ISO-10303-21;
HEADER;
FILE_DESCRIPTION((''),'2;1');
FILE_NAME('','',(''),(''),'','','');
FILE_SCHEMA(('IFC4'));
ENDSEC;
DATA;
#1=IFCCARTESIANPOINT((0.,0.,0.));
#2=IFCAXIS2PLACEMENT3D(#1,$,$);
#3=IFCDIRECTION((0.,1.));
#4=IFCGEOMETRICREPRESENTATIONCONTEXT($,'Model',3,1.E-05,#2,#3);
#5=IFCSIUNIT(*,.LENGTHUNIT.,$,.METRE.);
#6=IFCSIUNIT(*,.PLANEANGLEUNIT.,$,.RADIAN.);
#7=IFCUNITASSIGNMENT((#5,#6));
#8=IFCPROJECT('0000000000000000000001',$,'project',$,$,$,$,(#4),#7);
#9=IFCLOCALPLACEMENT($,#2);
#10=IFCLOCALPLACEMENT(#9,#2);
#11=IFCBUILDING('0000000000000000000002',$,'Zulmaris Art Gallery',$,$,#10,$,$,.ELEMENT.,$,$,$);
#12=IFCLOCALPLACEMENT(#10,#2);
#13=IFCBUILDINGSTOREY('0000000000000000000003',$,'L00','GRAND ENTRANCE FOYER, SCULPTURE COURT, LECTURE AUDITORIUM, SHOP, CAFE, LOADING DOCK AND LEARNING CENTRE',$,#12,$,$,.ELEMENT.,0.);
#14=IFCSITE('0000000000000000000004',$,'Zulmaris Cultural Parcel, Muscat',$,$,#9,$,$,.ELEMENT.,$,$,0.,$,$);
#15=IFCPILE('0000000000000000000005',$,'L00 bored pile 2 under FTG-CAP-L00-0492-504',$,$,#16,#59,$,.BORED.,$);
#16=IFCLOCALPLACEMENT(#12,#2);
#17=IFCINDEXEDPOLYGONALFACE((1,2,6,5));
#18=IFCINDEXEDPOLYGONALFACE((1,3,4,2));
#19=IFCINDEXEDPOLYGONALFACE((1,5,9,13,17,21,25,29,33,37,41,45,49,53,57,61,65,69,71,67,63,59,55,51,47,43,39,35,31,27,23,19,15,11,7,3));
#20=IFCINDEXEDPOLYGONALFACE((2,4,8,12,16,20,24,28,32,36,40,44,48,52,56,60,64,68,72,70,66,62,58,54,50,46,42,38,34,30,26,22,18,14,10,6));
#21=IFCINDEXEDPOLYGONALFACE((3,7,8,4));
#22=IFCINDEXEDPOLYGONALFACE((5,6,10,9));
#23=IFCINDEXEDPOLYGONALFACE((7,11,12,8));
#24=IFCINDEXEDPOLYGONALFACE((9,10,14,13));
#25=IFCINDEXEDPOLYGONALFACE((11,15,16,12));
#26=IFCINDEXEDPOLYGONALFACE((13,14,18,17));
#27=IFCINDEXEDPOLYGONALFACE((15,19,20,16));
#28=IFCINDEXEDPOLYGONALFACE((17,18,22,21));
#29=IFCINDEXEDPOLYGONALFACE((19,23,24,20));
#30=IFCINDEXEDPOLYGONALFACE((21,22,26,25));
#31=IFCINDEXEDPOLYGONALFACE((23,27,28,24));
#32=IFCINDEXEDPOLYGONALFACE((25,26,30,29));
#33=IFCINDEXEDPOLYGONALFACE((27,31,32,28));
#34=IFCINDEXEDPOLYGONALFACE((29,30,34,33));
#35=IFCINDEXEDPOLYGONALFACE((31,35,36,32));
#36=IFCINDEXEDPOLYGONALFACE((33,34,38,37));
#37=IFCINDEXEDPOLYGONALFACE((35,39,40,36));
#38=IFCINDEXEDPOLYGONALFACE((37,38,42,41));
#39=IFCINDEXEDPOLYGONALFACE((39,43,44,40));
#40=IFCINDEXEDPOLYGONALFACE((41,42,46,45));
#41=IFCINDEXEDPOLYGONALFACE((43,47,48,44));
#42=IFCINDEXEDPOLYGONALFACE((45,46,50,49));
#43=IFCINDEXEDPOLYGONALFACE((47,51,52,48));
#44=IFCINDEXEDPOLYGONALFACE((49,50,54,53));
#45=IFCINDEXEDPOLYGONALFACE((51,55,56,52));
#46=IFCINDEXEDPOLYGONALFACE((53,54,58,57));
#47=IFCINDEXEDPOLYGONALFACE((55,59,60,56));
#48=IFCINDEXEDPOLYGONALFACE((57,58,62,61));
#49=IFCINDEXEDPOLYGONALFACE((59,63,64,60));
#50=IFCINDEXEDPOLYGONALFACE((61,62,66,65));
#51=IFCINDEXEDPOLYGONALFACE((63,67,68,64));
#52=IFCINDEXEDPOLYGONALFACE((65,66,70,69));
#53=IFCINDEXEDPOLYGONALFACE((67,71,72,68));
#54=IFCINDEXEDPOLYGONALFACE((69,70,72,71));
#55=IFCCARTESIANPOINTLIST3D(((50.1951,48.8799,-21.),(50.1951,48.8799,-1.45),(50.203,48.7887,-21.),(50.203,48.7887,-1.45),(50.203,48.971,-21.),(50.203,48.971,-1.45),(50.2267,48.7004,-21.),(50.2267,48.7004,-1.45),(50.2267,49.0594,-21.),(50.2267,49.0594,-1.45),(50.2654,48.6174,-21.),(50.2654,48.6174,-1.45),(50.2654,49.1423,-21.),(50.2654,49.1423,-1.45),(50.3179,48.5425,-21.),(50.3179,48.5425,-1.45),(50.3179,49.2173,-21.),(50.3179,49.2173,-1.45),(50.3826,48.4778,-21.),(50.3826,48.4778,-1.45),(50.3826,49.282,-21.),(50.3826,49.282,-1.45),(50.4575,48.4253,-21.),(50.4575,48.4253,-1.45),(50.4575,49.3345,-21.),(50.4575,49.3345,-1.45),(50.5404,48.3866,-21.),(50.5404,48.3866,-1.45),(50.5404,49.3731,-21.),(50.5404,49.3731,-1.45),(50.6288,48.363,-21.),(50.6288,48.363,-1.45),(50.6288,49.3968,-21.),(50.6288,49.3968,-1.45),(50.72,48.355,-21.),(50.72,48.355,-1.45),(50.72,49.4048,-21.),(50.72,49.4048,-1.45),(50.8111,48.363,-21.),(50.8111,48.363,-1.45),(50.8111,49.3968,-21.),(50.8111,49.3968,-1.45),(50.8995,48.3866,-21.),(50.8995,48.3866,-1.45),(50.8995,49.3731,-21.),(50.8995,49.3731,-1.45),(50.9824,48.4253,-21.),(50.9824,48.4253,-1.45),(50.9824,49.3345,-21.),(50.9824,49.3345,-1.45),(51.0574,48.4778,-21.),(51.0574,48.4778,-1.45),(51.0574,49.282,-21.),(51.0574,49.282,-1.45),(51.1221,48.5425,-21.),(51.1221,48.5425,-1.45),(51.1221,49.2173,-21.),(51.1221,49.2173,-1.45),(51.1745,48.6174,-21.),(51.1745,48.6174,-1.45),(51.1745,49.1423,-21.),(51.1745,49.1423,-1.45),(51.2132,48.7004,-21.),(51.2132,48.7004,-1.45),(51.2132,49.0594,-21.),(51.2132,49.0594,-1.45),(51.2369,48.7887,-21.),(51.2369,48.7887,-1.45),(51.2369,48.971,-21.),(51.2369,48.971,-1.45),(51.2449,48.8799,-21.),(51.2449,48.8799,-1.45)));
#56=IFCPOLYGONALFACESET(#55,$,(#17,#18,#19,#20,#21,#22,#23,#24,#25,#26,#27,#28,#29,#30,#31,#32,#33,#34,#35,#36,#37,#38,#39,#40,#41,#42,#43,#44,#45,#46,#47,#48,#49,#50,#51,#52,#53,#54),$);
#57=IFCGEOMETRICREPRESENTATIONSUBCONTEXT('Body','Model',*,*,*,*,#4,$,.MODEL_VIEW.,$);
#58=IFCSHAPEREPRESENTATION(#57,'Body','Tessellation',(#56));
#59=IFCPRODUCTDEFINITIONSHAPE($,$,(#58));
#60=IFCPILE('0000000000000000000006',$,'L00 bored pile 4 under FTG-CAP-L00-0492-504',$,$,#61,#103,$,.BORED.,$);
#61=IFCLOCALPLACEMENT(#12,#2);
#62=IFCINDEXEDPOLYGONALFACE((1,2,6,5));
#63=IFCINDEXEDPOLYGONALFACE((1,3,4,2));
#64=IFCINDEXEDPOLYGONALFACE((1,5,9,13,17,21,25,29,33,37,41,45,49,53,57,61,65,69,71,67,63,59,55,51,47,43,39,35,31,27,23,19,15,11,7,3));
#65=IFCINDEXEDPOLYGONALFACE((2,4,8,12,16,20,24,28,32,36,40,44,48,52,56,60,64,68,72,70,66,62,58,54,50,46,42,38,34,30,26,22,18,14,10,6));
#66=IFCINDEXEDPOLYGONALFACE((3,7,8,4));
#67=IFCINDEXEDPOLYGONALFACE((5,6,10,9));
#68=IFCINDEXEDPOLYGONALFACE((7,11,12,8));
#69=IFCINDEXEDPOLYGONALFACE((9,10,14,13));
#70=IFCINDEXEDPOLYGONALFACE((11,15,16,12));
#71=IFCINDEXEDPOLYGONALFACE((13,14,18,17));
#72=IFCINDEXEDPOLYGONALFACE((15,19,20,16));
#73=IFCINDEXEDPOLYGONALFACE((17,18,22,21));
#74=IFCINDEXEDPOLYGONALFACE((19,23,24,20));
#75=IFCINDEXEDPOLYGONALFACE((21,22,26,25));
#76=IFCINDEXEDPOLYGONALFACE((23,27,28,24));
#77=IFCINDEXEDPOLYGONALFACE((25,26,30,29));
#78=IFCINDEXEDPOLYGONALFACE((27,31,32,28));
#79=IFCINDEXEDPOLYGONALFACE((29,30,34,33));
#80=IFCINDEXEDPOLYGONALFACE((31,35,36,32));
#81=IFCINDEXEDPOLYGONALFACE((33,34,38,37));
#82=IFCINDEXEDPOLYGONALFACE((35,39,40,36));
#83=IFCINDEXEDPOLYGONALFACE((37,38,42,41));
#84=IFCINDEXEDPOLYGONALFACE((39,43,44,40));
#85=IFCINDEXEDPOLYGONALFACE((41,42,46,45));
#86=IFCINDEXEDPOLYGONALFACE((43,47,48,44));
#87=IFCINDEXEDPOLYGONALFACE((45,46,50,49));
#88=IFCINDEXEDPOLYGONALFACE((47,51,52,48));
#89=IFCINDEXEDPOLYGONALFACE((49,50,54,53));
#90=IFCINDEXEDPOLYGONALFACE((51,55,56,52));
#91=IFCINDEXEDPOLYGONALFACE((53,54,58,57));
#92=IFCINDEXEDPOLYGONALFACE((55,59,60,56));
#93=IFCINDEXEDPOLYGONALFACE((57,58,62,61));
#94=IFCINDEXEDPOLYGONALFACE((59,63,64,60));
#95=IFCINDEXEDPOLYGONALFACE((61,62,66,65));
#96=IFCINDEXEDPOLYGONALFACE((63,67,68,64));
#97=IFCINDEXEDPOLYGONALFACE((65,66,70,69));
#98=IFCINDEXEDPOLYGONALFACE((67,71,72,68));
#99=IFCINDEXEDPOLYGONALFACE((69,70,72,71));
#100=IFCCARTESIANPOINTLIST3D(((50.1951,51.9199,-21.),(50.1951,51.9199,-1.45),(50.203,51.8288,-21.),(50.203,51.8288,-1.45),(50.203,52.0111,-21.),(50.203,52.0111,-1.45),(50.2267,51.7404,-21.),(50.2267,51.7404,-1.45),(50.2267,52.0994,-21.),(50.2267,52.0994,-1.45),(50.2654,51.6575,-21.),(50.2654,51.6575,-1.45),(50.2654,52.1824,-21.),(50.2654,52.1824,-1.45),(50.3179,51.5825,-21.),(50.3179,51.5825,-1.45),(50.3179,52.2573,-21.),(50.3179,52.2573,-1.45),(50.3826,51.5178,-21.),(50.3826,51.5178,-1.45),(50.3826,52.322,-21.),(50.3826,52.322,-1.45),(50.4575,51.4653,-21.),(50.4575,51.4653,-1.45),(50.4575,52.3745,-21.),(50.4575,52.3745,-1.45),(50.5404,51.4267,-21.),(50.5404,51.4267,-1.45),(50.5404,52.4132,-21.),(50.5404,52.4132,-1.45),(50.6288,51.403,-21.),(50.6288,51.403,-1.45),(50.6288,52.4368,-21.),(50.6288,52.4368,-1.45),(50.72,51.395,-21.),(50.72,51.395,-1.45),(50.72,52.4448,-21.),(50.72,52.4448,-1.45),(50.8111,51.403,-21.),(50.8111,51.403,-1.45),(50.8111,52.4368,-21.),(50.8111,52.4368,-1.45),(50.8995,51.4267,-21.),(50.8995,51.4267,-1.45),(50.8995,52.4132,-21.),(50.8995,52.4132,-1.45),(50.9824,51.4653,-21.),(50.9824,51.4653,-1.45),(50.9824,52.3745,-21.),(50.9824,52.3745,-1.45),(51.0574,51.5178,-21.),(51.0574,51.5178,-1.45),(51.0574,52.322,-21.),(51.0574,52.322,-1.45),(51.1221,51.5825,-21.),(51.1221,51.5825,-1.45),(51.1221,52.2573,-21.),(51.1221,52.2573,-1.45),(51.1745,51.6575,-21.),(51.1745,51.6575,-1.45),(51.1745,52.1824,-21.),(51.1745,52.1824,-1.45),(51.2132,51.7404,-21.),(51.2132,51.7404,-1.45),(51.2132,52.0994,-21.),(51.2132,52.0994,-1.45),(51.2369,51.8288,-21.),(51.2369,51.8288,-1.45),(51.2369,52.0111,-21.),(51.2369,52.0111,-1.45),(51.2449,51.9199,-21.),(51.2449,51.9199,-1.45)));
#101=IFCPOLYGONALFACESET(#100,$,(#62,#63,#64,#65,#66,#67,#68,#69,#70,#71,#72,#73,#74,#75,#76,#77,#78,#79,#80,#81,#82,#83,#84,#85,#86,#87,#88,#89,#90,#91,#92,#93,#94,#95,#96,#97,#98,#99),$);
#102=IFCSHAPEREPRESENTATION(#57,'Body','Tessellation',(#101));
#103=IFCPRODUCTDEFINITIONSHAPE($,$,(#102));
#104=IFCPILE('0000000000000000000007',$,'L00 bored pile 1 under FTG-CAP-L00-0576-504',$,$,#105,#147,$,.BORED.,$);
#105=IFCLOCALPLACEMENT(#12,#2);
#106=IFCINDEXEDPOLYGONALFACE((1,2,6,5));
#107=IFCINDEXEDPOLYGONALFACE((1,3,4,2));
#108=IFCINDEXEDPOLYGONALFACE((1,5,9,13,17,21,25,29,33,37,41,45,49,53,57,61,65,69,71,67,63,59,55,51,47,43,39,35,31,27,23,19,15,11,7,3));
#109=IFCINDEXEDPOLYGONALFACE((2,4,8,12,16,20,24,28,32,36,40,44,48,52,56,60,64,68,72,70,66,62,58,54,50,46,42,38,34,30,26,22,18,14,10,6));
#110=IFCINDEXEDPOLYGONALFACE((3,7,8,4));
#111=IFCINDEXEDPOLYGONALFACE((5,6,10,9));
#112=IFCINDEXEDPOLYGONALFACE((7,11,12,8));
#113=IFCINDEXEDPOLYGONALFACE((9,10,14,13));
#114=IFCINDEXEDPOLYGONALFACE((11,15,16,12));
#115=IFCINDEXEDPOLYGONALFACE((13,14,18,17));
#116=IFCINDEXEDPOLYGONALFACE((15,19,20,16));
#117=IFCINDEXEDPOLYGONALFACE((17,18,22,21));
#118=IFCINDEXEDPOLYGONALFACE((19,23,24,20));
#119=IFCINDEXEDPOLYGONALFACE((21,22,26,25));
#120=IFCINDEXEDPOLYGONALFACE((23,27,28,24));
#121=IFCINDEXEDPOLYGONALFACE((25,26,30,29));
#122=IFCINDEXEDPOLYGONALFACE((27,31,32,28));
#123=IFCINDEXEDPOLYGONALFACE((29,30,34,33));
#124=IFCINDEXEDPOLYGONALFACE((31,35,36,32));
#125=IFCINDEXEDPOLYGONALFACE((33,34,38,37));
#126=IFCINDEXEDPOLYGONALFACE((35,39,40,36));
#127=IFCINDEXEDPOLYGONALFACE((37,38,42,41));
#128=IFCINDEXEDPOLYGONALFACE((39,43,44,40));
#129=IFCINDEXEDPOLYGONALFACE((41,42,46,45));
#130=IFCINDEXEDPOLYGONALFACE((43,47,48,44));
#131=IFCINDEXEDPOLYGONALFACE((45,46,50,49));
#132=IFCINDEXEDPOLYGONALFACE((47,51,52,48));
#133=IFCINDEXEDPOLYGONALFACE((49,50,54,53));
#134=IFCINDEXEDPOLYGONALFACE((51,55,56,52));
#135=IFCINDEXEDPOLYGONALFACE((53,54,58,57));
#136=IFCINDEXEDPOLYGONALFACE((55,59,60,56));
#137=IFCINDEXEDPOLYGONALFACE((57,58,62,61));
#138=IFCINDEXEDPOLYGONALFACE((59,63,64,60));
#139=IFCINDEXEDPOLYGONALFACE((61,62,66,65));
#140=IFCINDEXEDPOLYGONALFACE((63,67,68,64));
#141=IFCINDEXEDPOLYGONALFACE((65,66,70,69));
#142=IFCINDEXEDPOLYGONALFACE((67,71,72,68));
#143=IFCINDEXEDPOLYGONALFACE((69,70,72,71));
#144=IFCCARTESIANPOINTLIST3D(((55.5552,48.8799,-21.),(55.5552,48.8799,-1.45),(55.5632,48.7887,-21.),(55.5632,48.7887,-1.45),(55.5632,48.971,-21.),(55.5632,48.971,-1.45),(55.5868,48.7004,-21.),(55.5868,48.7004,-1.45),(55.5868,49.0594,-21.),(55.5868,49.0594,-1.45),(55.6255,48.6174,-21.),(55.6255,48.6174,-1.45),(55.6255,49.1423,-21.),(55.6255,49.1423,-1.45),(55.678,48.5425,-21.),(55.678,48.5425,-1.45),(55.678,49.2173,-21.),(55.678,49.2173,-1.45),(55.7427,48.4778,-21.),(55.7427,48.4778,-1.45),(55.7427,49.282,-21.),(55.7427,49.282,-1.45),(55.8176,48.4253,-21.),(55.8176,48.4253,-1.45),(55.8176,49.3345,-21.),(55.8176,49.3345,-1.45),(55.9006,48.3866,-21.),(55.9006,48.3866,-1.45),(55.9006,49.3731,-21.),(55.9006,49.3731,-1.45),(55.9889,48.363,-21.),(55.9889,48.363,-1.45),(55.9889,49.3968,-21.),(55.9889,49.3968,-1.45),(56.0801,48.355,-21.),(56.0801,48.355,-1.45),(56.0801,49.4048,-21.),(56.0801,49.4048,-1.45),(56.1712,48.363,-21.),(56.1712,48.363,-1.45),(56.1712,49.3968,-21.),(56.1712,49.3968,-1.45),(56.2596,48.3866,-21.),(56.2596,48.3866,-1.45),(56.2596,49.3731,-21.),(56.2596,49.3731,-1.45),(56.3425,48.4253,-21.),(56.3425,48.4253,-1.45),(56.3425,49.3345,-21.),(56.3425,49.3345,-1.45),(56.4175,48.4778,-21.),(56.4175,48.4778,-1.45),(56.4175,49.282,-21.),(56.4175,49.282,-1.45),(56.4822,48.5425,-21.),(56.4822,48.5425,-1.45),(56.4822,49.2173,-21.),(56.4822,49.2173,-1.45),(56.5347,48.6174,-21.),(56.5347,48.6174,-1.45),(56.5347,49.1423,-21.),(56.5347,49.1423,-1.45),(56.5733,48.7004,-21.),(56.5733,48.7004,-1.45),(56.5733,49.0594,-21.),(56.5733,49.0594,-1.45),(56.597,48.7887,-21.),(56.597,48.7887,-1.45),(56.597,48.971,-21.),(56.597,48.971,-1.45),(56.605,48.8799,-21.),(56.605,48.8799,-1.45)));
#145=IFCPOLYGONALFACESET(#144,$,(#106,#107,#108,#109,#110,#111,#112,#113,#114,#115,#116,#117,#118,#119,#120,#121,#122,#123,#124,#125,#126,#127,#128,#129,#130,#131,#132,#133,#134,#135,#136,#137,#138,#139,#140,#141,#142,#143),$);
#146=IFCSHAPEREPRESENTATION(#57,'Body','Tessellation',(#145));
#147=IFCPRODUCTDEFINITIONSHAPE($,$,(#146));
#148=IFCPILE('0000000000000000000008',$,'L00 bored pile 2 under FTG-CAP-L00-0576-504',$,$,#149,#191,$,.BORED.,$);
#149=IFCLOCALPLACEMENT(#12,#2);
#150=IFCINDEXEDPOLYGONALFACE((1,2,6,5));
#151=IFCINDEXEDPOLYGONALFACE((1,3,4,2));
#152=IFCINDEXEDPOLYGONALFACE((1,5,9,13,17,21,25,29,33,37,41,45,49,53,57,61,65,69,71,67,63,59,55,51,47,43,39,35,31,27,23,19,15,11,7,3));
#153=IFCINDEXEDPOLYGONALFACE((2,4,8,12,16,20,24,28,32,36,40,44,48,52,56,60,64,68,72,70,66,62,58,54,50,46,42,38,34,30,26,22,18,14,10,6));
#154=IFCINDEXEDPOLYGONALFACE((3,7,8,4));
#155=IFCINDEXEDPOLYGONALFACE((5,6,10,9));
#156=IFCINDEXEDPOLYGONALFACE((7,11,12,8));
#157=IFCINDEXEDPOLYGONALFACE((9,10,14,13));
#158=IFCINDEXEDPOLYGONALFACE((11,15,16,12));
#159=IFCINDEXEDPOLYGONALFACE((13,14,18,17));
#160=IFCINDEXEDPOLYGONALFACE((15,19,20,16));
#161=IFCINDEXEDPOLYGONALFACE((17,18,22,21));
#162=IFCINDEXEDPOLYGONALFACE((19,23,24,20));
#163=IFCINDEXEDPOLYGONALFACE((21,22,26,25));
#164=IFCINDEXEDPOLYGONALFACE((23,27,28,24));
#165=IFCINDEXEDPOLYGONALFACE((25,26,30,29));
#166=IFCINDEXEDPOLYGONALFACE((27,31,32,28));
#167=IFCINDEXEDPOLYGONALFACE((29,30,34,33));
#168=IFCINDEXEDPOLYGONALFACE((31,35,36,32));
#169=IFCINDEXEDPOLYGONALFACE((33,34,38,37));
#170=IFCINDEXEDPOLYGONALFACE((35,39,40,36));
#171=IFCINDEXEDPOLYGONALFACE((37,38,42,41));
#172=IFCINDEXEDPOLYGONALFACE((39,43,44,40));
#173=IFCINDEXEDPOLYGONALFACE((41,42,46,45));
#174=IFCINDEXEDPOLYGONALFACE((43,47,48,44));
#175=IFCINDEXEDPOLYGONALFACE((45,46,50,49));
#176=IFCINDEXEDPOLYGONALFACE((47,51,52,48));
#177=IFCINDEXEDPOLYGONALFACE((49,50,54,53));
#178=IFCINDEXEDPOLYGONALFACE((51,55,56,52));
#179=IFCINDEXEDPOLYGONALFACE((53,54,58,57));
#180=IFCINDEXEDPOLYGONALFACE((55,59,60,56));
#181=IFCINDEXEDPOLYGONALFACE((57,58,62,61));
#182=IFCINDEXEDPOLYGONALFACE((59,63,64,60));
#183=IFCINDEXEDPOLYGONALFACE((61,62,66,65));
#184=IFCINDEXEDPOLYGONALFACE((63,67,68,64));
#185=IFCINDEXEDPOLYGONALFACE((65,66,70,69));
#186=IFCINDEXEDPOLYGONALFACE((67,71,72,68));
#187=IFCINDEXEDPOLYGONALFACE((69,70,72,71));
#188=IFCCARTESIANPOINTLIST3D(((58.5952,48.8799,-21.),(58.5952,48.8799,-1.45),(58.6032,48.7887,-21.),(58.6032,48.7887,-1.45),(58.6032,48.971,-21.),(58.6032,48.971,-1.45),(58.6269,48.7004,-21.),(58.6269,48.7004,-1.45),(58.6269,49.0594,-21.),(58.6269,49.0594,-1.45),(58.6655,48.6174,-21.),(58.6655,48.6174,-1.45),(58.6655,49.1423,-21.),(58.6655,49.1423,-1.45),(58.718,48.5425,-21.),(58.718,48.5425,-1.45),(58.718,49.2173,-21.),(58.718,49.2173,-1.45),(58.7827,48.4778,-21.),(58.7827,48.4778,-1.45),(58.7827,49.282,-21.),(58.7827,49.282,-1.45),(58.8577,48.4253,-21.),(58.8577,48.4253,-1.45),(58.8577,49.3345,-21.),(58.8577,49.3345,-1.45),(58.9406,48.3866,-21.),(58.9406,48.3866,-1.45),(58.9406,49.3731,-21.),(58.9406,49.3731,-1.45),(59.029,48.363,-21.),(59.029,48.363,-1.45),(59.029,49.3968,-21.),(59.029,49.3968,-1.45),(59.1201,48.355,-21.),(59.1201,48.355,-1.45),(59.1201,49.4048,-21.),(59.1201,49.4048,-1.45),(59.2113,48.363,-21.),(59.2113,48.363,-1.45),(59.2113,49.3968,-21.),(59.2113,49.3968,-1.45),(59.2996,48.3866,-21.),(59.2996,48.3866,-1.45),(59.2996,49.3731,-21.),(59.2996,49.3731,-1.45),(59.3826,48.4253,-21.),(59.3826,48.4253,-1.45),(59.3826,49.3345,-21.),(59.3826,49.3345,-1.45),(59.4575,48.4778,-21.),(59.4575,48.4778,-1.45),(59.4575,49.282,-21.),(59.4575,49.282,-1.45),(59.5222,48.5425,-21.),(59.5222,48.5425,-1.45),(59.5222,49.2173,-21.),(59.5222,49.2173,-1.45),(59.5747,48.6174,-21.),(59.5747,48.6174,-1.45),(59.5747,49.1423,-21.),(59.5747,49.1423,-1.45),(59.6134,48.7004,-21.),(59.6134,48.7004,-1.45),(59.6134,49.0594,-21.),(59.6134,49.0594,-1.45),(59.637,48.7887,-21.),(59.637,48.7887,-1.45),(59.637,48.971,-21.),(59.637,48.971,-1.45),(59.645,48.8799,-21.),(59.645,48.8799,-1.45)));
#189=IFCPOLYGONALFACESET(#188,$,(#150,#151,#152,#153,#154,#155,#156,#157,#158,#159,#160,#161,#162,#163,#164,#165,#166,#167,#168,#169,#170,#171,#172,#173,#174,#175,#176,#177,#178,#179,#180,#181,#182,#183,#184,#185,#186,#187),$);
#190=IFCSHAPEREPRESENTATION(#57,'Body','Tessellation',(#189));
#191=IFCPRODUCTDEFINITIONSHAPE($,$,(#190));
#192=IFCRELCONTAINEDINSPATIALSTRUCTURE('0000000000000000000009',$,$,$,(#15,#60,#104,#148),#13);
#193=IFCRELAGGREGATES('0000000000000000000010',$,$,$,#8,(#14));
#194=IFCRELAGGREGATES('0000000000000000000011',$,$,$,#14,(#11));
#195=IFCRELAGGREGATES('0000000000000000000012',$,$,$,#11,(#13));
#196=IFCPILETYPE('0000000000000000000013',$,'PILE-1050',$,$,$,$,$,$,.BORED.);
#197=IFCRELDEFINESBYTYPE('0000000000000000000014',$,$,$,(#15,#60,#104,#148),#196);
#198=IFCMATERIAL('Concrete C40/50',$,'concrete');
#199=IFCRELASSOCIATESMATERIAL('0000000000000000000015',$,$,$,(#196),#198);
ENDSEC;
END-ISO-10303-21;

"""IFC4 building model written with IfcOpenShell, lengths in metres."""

from ifc_helpers import new_model, si_unit, direction, frame, origin, origin_2d, place, context, subcontext, project, spatial, circle, extrude, material, material_profile, profile_set, type_object, element, save


model = new_model("IFC4")

# Units and contexts
model_context = context("Model", 3, precision=1e-05, world=origin(), true_north=direction((0.0, 1.0)))
body_context = subcontext(model_context, "Body", "Model", "MODEL_VIEW")
ifc_project = project(units=[si_unit("LENGTHUNIT", "METRE"), si_unit("PLANEANGLEUNIT", "RADIAN")], contexts=[model_context])

# Site, building, storey
site_placement = place(None, origin())
site = spatial("IfcSite", under=ifc_project, at=site_placement, Name="Zulmaris Cultural Parcel, Muscat", CompositionType="ELEMENT", RefElevation=0.0)
building_placement = place(site_placement, origin())
building = spatial("IfcBuilding", under=site, at=building_placement, Name="Zulmaris Art Gallery", CompositionType="ELEMENT")
storey_placement = place(building_placement, origin())
storey = spatial("IfcBuildingStorey", under=building, at=storey_placement, Name="L00", Description="GRAND ENTRANCE FOYER, SCULPTURE COURT, LECTURE AUDITORIUM, SHOP, CAFE, LOADING DOCK AND LEARNING CENTRE", CompositionType="ELEMENT", Elevation=0.0)

# Piles
ifc_material_1 = material(Name="Concrete C40/50", Category="concrete")
ifc_material_profile_1 = material_profile(ifc_material_1, circle(Radius=0.5249, at=origin_2d()), Name="PILE DIA 1050")
ifc_profile_set_1 = profile_set([ifc_material_profile_1], Name="Concrete C40/50")
pile_type_1 = type_object("IfcPileType", Name="PILE-1050", PredefinedType="BORED", material=ifc_profile_set_1)
for number, where, z_axis, x_axis, name in (
    (1, (50.72, 48.8799, -1.45), (0.0, 0.0, -1.0), (1.0, 0.0, 0.0), "L00 bored pile 2 under FTG-CAP-L00-0492-504"),
    (2, (50.72, 51.9199, -1.45), (0.0, 0.0, -1.0), (1.0, 0.0, 0.0), "L00 bored pile 4 under FTG-CAP-L00-0492-504"),
    (3, (56.0801, 48.8799, -1.45), (0.0, 0.0, -1.0), (1.0, 0.0, 0.0), "L00 bored pile 1 under FTG-CAP-L00-0576-504"),
    (4, (59.1201, 48.8799, -1.45), (0.0, 0.0, -1.0), (1.0, 0.0, 0.0), "L00 bored pile 2 under FTG-CAP-L00-0576-504"),
):
    element("IfcPile", number, at=place(storey_placement, frame(where, z_axis=z_axis, x_axis=x_axis)), inside=storey, type_object=pile_type_1, Name=name, PredefinedType="BORED", context=body_context, shape_type="SweptSolid", body=[
        extrude(circle(Radius=0.5249, at=origin_2d()), origin(), (0.0, 0.0, 1.0), 19.55),
    ])

save(model, "model.ifc")
